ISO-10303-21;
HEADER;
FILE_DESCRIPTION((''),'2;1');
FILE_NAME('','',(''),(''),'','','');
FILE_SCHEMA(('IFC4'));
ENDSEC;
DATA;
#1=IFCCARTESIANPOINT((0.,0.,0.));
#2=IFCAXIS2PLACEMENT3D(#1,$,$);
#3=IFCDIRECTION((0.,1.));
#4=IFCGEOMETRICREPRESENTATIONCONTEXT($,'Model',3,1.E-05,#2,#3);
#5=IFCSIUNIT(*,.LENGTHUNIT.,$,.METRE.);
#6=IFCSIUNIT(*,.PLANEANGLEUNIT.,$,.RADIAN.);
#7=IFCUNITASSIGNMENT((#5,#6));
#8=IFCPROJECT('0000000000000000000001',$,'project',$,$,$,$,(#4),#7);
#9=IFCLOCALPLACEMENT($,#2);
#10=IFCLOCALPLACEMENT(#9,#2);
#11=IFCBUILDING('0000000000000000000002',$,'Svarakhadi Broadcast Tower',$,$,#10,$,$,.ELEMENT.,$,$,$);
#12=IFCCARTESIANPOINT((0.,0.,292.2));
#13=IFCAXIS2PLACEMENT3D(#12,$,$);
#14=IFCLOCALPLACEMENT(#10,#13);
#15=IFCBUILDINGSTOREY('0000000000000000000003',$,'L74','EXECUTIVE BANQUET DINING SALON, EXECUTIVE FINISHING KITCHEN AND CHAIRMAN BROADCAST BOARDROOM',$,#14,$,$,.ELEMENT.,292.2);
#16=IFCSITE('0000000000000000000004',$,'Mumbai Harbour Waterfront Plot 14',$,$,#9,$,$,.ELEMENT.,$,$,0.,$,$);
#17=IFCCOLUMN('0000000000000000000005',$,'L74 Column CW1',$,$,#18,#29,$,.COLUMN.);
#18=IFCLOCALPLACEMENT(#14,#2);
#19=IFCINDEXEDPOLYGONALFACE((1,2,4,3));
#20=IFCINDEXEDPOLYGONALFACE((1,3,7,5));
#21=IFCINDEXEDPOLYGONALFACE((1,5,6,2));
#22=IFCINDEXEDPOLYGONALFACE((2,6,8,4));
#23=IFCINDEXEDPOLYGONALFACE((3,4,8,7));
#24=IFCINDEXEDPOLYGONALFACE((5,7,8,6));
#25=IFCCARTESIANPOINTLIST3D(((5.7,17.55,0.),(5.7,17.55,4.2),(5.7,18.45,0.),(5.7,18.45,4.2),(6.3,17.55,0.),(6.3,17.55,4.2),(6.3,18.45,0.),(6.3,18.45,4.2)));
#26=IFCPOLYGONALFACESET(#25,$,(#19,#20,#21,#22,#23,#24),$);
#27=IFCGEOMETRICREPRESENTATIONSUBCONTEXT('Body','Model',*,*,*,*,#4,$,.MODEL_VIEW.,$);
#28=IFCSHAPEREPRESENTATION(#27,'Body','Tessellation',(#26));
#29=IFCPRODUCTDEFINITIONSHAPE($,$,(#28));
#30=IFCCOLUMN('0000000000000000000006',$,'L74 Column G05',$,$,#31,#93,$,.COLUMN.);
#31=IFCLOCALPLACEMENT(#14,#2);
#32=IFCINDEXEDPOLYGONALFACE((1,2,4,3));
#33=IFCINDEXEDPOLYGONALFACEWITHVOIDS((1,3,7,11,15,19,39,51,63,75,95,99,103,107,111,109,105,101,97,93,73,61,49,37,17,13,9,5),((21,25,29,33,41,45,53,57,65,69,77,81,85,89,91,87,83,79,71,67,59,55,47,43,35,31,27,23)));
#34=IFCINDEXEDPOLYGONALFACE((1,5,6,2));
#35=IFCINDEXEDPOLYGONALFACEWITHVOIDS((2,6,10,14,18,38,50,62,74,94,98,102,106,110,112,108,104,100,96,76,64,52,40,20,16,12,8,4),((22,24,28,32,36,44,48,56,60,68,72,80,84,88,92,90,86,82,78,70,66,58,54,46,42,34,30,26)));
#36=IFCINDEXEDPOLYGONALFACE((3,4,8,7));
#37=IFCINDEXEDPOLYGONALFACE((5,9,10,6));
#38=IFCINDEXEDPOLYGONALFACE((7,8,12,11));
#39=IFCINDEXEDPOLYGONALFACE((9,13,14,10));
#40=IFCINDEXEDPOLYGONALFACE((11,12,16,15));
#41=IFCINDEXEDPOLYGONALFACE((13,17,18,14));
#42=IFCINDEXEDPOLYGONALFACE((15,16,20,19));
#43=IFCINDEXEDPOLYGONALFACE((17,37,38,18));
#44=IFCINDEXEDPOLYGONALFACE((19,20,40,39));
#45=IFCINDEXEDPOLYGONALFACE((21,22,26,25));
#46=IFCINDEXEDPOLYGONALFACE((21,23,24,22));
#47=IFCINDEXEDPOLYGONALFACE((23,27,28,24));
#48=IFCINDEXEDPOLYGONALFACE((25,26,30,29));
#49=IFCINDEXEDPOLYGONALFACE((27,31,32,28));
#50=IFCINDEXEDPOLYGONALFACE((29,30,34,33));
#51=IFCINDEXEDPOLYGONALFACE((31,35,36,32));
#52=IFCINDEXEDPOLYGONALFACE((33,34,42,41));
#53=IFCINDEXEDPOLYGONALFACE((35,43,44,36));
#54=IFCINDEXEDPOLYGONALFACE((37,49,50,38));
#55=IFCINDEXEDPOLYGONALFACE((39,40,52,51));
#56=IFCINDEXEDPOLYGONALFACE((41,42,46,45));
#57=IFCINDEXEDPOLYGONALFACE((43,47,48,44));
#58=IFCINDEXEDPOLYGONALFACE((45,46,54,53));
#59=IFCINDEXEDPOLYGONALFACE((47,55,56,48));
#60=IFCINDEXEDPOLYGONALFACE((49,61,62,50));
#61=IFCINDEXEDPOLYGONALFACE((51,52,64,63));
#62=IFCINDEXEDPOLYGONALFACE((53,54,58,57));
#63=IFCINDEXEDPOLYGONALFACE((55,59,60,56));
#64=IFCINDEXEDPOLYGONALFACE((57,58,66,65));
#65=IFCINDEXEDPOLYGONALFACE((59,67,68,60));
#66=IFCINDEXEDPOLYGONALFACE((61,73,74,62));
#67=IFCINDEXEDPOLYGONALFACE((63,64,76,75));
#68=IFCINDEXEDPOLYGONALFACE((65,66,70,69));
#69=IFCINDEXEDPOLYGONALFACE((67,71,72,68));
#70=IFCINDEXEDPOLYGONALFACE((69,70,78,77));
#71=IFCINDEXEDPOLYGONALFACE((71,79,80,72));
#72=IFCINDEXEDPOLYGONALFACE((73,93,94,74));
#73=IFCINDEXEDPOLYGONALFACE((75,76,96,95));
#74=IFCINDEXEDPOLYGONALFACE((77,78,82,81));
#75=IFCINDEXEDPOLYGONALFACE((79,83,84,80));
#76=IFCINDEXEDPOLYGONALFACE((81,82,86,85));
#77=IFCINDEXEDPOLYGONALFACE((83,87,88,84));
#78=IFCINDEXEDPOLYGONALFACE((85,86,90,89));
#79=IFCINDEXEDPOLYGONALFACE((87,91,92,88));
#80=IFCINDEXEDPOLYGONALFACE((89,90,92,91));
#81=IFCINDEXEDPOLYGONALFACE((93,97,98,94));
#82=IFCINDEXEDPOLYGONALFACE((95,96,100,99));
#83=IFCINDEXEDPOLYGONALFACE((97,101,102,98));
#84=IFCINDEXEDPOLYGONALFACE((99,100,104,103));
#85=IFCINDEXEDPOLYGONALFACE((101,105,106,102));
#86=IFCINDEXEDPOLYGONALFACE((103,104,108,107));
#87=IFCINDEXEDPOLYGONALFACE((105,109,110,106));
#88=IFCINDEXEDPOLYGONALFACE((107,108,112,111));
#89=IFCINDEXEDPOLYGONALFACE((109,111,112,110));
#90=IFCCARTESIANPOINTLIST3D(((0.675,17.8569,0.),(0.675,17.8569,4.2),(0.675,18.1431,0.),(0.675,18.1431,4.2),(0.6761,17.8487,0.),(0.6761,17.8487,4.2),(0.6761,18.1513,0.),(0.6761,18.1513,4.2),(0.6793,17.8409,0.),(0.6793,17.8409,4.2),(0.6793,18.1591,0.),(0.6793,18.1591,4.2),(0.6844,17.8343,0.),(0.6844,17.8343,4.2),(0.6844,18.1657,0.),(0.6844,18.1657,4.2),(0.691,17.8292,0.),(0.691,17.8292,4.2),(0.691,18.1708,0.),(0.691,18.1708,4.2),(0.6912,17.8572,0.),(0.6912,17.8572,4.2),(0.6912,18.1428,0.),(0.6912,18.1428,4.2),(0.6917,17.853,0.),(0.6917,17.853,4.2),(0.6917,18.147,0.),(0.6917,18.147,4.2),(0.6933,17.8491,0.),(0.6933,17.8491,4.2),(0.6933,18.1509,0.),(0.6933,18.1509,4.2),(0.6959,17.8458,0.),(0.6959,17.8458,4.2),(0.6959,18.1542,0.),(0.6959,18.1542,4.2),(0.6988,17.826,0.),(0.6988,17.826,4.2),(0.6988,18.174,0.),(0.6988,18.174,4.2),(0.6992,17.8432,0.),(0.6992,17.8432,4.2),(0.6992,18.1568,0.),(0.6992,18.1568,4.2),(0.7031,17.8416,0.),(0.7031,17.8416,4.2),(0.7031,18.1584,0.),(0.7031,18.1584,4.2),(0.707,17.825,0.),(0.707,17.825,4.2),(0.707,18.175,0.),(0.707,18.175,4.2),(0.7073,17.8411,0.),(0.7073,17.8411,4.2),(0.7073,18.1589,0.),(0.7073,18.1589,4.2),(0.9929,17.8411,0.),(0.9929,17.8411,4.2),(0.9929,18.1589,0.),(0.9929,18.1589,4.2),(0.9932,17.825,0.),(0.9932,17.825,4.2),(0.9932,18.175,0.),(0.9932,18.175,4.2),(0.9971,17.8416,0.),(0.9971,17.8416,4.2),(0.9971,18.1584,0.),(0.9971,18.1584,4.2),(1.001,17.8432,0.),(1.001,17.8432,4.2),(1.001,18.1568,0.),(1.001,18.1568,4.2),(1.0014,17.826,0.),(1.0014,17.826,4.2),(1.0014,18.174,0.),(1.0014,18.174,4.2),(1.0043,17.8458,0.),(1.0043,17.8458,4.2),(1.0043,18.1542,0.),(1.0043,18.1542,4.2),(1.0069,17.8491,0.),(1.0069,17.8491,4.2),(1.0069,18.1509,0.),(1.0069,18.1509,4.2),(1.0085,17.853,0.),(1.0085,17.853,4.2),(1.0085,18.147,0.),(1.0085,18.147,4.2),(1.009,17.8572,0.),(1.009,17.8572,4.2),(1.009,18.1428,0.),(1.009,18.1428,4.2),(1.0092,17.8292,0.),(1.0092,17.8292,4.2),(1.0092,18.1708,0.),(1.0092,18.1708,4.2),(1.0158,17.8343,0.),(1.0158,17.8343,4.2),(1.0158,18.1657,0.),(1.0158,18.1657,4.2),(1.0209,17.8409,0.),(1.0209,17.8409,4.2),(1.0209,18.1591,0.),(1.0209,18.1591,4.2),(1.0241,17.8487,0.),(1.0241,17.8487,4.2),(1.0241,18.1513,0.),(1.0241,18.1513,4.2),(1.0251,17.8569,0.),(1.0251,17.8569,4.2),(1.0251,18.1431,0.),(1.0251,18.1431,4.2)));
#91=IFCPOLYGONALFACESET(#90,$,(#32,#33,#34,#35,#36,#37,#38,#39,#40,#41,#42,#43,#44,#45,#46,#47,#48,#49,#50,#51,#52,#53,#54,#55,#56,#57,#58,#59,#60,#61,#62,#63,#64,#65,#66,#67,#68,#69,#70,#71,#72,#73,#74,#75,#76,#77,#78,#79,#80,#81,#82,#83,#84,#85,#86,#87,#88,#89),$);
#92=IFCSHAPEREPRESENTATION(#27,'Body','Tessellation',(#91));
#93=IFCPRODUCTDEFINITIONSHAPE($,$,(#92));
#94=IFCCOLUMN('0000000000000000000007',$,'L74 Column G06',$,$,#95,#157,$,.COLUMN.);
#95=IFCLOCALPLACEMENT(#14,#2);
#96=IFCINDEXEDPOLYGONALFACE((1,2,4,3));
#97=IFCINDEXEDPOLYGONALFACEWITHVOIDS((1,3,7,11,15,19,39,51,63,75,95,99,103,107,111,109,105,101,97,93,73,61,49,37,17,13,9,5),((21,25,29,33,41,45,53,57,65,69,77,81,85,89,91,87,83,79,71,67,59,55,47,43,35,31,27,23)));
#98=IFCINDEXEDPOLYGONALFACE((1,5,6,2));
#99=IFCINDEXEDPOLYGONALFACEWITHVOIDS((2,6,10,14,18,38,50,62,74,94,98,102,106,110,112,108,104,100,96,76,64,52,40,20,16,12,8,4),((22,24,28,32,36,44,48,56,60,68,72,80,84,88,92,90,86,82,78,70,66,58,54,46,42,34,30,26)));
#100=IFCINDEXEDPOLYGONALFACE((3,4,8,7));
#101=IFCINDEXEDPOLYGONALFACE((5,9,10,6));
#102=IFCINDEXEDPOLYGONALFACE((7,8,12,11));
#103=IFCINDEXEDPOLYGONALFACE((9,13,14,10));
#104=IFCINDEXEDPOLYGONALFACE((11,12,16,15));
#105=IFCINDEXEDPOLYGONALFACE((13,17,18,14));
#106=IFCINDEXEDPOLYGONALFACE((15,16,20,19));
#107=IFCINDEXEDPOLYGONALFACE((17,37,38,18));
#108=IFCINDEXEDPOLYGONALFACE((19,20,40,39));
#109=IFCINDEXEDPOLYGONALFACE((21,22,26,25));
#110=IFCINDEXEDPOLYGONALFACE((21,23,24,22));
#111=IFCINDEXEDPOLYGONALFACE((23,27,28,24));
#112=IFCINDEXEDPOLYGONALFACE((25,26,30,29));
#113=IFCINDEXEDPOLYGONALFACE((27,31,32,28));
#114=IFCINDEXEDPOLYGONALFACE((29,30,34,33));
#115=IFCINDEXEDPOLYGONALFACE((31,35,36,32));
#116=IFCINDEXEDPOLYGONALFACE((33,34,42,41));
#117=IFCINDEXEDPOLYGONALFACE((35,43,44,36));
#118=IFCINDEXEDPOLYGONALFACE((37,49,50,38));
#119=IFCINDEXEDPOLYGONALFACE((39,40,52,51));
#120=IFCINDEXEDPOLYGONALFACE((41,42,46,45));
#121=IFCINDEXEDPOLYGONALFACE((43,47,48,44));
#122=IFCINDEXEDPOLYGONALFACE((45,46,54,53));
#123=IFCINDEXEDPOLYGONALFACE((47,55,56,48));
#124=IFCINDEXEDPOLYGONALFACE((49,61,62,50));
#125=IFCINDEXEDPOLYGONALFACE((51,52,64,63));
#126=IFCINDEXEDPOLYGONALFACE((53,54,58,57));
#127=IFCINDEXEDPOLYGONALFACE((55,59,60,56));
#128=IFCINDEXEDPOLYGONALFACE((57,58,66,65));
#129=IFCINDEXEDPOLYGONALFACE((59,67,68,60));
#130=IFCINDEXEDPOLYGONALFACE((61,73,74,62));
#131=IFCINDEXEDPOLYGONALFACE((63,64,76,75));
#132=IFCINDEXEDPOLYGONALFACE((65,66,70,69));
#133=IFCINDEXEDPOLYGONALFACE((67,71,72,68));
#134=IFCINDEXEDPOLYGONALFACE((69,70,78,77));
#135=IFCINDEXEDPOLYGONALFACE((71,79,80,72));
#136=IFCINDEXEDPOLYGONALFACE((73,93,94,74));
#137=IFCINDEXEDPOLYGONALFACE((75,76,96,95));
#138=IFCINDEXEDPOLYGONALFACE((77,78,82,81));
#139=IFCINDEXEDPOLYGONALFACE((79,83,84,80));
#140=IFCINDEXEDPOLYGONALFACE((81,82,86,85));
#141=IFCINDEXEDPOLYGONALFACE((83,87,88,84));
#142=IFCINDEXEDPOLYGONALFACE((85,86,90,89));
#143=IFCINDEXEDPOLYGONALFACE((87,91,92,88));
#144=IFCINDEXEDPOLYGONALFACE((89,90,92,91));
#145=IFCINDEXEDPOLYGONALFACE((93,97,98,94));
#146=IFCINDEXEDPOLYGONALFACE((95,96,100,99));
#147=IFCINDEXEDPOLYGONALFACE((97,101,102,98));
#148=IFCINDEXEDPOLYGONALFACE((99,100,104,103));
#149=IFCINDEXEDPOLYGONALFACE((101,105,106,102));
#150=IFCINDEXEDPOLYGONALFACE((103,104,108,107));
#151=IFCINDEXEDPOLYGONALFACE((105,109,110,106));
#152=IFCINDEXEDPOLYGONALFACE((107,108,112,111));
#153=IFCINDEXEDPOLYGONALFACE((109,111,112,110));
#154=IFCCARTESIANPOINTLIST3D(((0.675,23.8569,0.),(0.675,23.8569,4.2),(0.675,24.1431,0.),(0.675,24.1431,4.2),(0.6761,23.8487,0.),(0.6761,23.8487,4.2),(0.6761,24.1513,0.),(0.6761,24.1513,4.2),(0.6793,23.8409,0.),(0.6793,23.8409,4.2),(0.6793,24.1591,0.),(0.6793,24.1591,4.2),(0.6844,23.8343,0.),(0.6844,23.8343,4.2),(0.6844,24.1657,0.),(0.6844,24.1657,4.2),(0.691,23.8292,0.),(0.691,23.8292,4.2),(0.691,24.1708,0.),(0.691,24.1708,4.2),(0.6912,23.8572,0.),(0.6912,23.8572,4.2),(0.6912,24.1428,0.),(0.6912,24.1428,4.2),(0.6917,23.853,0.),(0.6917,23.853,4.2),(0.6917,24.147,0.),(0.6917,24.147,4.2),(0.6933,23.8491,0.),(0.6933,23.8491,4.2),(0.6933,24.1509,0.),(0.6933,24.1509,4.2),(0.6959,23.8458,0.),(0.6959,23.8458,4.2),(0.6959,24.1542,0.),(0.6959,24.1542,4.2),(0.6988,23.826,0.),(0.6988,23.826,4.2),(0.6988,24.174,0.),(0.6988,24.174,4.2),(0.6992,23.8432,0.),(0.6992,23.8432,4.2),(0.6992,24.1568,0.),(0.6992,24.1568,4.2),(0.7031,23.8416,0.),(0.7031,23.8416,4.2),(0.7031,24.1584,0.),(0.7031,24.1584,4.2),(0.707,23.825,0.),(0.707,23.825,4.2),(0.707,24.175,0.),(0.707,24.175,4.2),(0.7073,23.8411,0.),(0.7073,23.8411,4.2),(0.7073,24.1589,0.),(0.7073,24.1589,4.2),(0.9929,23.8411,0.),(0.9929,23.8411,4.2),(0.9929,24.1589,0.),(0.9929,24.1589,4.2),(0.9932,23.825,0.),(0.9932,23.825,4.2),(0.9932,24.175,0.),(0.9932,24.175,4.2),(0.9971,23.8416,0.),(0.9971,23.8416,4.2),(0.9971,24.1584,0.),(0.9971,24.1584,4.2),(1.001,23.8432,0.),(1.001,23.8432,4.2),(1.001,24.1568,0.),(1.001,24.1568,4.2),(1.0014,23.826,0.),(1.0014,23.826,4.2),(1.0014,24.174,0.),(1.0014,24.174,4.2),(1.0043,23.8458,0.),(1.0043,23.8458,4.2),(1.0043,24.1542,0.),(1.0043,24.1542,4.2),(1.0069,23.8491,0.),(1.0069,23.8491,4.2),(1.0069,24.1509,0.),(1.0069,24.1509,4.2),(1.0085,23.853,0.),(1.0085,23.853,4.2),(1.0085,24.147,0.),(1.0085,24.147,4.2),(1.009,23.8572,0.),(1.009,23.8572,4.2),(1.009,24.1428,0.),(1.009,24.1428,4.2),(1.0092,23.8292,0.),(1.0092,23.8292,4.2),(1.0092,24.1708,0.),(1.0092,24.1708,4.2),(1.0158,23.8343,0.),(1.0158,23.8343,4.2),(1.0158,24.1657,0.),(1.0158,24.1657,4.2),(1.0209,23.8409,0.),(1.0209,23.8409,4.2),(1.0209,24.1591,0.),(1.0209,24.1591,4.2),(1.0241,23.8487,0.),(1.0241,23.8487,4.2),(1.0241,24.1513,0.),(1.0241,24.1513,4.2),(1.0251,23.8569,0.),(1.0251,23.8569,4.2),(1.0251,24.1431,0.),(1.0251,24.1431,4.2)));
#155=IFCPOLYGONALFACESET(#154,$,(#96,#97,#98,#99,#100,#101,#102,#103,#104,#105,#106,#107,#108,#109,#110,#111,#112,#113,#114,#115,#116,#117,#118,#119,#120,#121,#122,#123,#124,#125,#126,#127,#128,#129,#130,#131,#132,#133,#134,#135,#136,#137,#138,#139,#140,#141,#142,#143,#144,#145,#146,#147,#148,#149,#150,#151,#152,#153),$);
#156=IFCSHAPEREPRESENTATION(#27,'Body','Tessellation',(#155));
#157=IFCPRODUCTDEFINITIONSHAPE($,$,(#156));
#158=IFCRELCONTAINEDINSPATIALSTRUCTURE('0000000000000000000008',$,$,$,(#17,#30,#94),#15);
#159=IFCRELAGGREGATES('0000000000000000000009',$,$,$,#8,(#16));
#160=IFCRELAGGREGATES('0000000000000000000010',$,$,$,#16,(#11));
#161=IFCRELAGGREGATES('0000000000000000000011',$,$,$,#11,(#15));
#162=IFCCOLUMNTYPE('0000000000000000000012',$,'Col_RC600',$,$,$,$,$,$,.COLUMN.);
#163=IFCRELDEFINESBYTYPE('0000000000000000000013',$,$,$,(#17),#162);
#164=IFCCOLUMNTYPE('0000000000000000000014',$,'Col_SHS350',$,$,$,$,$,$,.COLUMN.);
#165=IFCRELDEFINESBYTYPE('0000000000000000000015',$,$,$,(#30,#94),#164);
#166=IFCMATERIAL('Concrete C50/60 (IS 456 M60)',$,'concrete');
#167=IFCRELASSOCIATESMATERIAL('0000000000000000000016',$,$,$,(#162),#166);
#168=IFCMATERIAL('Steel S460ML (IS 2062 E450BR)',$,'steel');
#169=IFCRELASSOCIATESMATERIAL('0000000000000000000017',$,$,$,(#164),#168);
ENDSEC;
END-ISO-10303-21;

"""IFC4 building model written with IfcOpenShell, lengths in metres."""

from ifc_helpers import new_model, si_unit, direction, frame, origin, origin_2d, place, context, subcontext, project, spatial, rectangle, hollow_rectangle, extrude, material, material_profile, profile_set, type_object, element, save


model = new_model("IFC4")

# Units and contexts
model_context = context("Model", 3, precision=1e-05, world=origin(), true_north=direction((0.0, 1.0)))
body_context = subcontext(model_context, "Body", "Model", "MODEL_VIEW")
ifc_project = project(units=[si_unit("LENGTHUNIT", "METRE"), si_unit("PLANEANGLEUNIT", "RADIAN")], contexts=[model_context])

# Site, building, storey
site_placement = place(None, origin())
site = spatial("IfcSite", under=ifc_project, at=site_placement, Name="Mumbai Harbour Waterfront Plot 14", CompositionType="ELEMENT", RefElevation=0.0)
building_placement = place(site_placement, origin())
building = spatial("IfcBuilding", under=site, at=building_placement, Name="Svarakhadi Broadcast Tower", CompositionType="ELEMENT")
storey_placement = place(building_placement, frame((0.0, 0.0, 292.2)))
storey = spatial("IfcBuildingStorey", under=building, at=storey_placement, Name="L74", Description="EXECUTIVE BANQUET DINING SALON, EXECUTIVE FINISHING KITCHEN AND CHAIRMAN BROADCAST BOARDROOM", CompositionType="ELEMENT", Elevation=292.2)

# Columns
ifc_material_1 = material(Name="Concrete C50/60 (IS 456 M60)", Category="concrete")
ifc_material_profile_1 = material_profile(ifc_material_1, rectangle(XDim=0.6001, YDim=0.8999, at=origin_2d()), Name="RC 600x900")
ifc_profile_set_1 = profile_set([ifc_material_profile_1], Name="Concrete C50/60 (IS 456 M60)")
column_type_1 = type_object("IfcColumnType", Name="Col_RC600", PredefinedType="COLUMN", material=ifc_profile_set_1)
column_placement = place(storey_placement, frame((6.0, 18.0, 0.0), z_axis=(0.0, 0.0, 1.0), x_axis=(1.0, 0.0, 0.0)))
element("IfcColumn", 1, at=column_placement, inside=storey, type_object=column_type_1, Name="L74 Column CW1", PredefinedType="COLUMN", context=body_context, shape_type="SweptSolid", body=[
    extrude(rectangle(XDim=0.6001, YDim=0.8999, at=origin_2d()), origin(), (0.0, 0.0, 1.0), 4.2),
])
ifc_material_2 = material(Name="Steel S460ML (IS 2062 E450BR)", Category="steel")
ifc_material_profile_2 = material_profile(ifc_material_2, hollow_rectangle(XDim=0.3501, YDim=0.3501, WallThickness=0.0161, InnerFilletRadius=0.0161, OuterFilletRadius=0.032, at=origin_2d()), Name="SHS 350x350x16")
ifc_profile_set_2 = profile_set([ifc_material_profile_2], Name="Steel S460ML (IS 2062 E450BR)")
column_type_2 = type_object("IfcColumnType", Name="Col_SHS350", PredefinedType="COLUMN", material=ifc_profile_set_2)
for number, where, z_axis, x_axis, name in (
    (2, (0.8501, 18.0, 0.0), (0.0, 0.0, 1.0), (1.0, 0.0, 0.0), "L74 Column G05"),
    (3, (0.8501, 24.0, 0.0), (0.0, 0.0, 1.0), (1.0, 0.0, 0.0), "L74 Column G06"),
):
    element("IfcColumn", number, at=place(storey_placement, frame(where, z_axis=z_axis, x_axis=x_axis)), inside=storey, type_object=column_type_2, Name=name, PredefinedType="COLUMN", context=body_context, shape_type="SweptSolid", body=[
        extrude(hollow_rectangle(XDim=0.3501, YDim=0.3501, WallThickness=0.0161, InnerFilletRadius=0.0161, OuterFilletRadius=0.032, at=origin_2d()), origin(), (0.0, 0.0, 1.0), 4.2),
    ])

save(model, "model.ifc")
